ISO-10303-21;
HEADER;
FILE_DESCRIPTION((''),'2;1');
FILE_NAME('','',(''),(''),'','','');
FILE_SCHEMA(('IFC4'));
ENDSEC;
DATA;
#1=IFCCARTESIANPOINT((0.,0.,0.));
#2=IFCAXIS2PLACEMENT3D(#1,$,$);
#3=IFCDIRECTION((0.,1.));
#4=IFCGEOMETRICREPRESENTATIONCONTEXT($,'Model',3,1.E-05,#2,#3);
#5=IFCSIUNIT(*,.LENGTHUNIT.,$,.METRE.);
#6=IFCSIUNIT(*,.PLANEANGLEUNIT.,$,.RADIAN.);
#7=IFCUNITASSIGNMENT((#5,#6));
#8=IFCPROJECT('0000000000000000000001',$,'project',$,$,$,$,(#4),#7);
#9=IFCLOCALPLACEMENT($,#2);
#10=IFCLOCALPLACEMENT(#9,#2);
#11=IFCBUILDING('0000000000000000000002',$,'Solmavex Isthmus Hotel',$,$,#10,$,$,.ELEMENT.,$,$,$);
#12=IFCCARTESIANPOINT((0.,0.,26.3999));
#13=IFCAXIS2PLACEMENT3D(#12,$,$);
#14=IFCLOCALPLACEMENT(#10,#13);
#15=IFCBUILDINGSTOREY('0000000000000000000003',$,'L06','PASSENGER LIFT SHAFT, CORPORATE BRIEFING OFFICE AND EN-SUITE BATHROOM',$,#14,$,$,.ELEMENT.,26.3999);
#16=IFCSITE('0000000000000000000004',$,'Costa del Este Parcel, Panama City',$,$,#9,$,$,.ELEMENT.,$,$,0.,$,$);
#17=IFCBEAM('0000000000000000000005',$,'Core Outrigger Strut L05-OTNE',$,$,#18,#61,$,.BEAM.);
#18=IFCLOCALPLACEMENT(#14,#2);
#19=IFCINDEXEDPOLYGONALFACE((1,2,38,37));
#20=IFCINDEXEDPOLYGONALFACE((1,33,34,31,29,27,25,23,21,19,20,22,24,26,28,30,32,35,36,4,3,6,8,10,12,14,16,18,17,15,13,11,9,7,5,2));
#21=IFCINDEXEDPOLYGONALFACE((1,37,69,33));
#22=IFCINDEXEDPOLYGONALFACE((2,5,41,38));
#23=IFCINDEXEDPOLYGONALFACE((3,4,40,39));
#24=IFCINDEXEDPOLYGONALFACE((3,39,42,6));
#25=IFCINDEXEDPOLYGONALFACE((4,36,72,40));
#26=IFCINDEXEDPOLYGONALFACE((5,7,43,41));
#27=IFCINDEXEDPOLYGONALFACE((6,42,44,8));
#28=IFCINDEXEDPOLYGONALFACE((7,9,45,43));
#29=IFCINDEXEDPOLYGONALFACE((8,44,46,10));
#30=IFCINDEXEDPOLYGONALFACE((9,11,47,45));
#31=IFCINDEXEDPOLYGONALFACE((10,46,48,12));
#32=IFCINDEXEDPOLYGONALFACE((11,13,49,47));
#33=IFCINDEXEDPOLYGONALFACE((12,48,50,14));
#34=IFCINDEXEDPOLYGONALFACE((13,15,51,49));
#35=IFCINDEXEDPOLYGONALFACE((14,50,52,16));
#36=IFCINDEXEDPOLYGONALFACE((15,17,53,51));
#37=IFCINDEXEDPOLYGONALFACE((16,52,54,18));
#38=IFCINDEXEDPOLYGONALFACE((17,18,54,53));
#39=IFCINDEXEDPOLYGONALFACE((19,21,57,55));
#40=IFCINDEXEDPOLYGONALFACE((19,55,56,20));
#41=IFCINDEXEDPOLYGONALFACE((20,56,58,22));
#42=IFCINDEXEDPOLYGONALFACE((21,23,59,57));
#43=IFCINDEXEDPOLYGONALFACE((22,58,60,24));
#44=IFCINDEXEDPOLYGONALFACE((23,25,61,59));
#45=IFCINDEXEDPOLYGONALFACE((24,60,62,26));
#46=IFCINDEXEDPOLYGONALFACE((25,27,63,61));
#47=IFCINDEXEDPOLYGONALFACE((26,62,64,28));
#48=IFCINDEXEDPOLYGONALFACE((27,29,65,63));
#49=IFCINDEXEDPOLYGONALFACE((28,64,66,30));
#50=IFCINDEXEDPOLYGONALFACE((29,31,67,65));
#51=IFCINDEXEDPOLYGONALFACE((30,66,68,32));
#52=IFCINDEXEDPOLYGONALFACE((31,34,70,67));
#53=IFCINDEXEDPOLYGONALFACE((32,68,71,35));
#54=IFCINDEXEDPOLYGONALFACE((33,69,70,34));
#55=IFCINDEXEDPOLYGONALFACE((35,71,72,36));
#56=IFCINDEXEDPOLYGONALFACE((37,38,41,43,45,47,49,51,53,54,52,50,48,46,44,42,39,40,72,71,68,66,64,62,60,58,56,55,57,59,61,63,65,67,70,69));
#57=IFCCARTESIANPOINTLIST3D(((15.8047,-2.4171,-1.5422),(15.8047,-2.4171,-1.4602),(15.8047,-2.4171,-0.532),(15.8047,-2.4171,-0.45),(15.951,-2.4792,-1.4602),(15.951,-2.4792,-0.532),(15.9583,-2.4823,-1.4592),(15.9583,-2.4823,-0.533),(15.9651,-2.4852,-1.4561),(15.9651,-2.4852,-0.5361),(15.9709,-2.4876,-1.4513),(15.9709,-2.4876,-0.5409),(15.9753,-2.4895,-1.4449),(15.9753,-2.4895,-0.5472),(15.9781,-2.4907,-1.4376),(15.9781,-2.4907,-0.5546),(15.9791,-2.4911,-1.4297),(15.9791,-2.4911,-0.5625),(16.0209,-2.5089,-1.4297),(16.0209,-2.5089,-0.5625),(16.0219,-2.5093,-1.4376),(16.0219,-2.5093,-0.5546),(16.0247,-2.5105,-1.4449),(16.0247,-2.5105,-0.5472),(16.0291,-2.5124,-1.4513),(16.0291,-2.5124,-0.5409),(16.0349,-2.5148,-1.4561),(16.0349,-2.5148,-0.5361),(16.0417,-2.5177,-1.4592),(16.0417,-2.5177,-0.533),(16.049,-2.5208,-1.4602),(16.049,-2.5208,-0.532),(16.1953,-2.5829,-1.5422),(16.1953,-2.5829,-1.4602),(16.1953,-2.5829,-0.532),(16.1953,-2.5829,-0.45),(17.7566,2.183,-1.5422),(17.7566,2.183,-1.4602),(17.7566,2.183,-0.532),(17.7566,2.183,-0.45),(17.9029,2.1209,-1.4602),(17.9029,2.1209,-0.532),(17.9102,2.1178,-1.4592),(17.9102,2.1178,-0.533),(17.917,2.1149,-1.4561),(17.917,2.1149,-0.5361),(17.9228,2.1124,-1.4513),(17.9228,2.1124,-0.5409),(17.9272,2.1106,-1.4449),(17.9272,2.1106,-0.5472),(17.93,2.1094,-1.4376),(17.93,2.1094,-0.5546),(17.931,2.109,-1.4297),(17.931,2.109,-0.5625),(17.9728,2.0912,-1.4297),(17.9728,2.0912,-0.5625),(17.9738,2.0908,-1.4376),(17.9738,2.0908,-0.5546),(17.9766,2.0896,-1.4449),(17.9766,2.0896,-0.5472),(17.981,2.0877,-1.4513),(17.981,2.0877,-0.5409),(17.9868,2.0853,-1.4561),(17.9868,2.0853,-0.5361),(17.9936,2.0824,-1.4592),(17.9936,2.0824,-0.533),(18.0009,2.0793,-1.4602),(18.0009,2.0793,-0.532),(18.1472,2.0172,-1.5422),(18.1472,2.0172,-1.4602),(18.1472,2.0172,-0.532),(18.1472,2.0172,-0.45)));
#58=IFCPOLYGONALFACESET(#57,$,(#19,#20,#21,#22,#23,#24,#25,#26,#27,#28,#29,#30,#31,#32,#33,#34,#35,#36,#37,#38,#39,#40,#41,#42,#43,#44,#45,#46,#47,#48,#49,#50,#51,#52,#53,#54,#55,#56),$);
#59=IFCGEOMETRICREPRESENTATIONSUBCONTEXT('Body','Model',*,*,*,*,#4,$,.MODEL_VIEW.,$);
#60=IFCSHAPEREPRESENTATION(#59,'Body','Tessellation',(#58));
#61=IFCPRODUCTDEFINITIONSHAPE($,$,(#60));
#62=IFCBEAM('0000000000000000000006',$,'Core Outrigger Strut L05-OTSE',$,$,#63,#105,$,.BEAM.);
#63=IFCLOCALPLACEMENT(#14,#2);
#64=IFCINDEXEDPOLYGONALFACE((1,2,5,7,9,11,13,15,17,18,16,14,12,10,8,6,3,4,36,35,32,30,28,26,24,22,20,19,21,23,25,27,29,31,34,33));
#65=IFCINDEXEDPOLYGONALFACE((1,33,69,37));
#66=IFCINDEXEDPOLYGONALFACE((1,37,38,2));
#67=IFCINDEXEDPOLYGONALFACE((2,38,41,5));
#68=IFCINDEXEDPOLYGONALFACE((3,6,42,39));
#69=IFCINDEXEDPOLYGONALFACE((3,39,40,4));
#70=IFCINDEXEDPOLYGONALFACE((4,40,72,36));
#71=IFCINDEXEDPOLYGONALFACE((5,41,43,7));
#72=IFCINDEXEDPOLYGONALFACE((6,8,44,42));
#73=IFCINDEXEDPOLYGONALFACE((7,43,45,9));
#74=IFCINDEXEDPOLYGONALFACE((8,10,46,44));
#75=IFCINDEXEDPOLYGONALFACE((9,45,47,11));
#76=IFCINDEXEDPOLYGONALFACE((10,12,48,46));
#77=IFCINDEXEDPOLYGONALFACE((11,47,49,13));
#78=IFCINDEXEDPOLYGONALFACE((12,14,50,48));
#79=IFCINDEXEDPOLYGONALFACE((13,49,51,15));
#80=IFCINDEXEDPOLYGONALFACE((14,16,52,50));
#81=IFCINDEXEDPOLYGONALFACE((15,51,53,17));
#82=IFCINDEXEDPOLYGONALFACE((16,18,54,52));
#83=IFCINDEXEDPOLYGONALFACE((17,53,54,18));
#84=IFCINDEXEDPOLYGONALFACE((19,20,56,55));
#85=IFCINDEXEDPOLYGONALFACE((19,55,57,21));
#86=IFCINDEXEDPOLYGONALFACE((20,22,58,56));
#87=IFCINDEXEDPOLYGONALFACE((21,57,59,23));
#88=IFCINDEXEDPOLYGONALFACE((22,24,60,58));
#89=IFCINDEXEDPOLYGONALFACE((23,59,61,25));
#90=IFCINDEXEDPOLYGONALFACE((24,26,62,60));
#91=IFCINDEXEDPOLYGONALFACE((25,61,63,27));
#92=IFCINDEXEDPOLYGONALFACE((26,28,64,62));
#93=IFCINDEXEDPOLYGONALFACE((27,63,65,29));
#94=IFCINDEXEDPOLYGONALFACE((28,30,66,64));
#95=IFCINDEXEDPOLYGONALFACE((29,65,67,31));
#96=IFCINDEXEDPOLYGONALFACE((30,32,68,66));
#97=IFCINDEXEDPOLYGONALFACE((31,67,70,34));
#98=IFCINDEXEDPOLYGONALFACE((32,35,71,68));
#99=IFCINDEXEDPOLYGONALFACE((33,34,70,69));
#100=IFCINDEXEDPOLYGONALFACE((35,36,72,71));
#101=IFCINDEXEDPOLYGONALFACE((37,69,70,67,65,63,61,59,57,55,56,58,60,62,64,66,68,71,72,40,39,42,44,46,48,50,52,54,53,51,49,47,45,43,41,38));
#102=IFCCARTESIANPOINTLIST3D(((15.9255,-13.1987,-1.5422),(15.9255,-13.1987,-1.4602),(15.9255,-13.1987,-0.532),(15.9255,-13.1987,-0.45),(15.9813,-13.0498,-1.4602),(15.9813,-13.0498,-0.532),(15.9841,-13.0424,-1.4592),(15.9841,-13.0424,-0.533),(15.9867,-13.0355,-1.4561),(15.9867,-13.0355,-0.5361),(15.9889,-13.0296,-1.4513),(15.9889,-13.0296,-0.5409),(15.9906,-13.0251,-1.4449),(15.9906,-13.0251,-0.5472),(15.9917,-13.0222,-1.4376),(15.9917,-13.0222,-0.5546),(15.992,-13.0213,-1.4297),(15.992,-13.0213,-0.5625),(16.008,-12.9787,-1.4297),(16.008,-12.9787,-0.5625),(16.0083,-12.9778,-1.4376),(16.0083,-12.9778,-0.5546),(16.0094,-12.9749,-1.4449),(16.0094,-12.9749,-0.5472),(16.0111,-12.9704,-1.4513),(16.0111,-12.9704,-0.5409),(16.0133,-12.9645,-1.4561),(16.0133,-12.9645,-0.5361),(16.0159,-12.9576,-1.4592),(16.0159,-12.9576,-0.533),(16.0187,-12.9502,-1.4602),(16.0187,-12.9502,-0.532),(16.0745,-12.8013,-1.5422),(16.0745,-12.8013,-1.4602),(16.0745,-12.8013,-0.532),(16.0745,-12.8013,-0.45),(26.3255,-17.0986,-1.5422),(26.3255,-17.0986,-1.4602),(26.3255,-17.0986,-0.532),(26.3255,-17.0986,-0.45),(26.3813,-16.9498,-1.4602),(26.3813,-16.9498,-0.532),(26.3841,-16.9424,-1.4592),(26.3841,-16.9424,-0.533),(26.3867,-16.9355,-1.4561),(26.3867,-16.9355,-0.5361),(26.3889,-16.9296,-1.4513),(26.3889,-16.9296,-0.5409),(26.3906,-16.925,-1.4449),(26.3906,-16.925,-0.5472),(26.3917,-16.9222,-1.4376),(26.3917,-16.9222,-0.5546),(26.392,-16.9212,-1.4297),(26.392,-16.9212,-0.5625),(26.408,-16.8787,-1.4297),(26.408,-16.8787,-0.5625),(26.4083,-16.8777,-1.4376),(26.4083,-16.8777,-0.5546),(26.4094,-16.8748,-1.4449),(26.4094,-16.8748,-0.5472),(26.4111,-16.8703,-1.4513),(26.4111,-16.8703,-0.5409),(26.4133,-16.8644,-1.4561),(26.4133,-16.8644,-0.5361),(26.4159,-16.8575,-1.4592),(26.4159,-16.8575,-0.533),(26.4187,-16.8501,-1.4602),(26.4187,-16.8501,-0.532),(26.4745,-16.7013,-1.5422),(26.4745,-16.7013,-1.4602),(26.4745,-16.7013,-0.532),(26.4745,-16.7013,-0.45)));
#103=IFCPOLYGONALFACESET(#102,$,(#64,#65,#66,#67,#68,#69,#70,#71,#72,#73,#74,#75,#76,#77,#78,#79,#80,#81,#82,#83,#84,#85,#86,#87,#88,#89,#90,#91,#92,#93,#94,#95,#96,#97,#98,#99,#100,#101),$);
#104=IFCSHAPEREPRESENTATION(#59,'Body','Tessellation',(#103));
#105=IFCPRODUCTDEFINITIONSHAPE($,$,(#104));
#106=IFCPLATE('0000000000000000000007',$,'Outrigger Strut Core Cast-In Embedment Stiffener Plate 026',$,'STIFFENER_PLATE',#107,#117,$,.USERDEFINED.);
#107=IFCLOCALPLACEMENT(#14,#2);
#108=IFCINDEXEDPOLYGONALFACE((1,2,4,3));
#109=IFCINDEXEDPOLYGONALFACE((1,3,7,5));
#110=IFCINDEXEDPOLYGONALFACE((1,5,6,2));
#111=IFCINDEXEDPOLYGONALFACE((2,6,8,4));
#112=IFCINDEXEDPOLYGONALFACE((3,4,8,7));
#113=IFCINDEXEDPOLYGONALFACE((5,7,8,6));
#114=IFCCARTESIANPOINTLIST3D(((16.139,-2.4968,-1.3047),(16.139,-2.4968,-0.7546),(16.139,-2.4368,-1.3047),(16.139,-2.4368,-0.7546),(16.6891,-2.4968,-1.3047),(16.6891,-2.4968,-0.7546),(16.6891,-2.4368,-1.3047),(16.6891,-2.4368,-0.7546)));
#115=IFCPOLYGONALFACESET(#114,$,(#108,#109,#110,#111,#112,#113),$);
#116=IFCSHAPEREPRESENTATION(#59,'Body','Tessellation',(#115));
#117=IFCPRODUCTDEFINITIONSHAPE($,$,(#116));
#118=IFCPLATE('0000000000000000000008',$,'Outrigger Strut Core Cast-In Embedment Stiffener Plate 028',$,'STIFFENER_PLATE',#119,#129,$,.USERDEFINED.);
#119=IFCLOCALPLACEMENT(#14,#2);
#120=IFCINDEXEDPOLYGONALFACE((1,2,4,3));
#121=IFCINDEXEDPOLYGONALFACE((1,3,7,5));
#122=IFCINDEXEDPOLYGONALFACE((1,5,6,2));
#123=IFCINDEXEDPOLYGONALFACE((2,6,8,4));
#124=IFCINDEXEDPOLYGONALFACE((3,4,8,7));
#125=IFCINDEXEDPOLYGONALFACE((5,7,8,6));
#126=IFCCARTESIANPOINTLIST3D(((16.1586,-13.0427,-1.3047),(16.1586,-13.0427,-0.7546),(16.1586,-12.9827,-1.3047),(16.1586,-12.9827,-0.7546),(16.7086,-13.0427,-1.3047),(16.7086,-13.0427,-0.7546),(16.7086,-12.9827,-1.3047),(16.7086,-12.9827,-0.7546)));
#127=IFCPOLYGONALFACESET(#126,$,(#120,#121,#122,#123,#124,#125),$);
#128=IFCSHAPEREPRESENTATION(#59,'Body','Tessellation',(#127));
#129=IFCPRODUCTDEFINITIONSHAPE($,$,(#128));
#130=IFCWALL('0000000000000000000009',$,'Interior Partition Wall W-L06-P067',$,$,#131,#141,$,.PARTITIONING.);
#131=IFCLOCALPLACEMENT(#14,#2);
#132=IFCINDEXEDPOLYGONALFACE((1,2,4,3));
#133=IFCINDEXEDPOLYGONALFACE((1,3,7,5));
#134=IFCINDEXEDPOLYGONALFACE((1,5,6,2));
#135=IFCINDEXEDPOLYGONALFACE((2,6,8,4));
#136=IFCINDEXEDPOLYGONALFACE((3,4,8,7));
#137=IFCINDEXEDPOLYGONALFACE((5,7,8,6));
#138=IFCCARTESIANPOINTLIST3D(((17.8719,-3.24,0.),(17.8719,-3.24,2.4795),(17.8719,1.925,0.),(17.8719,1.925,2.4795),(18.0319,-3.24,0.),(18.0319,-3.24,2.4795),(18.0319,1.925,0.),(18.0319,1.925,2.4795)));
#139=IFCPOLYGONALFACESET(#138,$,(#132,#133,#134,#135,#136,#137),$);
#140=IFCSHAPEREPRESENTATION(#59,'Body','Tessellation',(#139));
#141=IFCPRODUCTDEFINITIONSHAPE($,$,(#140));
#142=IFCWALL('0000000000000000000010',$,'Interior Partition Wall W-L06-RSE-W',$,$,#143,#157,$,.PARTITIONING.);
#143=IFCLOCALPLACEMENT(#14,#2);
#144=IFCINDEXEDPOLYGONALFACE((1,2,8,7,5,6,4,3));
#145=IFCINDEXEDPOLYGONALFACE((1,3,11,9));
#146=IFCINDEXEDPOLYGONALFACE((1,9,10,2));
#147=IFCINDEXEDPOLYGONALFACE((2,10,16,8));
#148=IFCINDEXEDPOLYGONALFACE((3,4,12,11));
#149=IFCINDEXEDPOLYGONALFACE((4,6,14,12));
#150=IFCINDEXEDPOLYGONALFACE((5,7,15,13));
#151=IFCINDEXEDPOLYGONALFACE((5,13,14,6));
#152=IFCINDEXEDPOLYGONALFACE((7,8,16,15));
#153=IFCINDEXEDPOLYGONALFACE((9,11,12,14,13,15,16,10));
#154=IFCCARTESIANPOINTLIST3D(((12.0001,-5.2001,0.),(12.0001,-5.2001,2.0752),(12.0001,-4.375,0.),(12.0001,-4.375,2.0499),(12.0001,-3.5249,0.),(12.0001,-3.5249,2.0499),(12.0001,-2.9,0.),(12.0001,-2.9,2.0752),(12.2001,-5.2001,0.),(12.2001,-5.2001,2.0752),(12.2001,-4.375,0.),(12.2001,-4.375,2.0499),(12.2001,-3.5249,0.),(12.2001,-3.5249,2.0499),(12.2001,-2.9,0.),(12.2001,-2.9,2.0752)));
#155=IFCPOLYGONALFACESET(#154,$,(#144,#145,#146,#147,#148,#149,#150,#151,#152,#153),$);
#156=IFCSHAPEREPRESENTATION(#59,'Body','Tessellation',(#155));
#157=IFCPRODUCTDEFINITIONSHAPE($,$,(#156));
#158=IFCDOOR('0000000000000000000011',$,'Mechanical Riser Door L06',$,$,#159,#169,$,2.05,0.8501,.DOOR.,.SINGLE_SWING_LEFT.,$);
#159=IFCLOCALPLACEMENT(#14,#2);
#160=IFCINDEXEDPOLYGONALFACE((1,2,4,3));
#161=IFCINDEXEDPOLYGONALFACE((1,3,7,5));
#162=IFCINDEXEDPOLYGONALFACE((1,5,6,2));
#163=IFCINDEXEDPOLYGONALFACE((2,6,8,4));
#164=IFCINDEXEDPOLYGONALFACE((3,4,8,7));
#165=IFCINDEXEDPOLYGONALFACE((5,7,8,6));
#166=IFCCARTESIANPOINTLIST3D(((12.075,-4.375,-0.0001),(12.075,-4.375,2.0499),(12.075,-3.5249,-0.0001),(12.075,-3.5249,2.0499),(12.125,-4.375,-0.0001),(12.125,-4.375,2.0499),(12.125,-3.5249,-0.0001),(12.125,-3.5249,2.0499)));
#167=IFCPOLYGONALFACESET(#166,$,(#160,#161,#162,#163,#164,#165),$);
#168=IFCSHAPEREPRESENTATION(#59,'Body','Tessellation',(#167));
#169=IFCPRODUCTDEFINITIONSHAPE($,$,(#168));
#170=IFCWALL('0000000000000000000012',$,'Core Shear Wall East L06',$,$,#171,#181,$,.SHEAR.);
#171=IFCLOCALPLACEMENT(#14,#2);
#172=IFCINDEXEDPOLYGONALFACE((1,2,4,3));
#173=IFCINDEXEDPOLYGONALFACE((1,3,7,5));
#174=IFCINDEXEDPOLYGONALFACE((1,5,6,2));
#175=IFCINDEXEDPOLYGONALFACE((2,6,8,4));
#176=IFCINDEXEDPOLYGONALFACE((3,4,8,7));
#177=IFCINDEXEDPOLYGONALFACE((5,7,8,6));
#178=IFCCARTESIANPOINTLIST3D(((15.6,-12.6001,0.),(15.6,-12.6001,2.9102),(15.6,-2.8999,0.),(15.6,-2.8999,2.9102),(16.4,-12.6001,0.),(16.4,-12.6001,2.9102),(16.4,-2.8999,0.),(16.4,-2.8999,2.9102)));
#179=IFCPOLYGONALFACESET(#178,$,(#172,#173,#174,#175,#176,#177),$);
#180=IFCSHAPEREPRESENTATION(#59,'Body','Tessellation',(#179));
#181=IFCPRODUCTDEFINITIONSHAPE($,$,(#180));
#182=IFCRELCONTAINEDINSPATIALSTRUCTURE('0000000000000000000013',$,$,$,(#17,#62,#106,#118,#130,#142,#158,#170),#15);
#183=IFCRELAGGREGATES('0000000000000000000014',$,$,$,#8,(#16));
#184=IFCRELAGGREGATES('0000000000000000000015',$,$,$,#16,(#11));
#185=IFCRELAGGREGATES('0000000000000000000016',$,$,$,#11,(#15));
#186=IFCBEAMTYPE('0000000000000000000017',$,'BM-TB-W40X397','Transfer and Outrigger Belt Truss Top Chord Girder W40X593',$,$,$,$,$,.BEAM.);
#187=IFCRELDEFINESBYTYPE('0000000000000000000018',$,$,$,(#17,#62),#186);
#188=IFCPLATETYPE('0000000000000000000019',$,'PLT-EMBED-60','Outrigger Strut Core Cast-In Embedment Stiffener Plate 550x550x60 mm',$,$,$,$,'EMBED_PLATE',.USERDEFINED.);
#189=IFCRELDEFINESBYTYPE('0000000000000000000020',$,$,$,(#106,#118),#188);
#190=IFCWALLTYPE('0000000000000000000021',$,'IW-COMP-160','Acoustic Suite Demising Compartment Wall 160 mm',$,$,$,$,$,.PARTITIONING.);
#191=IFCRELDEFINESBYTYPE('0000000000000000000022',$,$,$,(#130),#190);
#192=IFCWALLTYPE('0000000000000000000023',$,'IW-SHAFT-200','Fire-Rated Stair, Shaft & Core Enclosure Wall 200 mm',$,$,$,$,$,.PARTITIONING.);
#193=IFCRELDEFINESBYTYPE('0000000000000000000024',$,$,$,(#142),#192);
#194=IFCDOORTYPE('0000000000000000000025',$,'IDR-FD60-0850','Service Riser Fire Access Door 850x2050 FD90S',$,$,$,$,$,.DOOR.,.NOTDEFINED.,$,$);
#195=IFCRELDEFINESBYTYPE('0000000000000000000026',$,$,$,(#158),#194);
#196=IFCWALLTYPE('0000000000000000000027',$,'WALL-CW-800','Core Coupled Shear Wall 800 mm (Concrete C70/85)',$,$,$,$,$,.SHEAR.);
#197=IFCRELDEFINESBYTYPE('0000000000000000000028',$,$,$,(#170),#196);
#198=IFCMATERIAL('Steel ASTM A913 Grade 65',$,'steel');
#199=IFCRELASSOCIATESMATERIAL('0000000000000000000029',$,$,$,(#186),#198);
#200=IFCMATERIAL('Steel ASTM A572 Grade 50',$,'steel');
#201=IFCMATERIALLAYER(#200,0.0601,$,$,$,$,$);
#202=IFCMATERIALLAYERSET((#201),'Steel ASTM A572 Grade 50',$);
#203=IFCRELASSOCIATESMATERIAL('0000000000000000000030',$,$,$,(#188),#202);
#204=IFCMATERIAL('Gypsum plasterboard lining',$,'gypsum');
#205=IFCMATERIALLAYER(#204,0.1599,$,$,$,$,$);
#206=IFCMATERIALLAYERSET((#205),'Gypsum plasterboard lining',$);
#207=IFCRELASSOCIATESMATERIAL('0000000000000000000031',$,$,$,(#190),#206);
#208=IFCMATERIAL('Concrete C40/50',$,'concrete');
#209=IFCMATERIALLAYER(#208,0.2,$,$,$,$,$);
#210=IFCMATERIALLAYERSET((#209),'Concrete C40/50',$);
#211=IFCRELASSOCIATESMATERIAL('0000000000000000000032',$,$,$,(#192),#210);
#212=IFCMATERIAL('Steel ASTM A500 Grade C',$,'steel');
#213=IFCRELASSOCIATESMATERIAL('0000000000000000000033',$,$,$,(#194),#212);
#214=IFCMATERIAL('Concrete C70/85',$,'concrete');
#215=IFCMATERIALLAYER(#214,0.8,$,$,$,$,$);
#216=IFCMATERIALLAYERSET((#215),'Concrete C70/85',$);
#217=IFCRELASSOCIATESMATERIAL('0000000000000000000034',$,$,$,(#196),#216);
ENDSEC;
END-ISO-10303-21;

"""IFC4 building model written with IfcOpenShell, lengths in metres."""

from ifc_helpers import new_model, si_unit, direction, frame, frame_2d, origin, origin_2d, place, context, subcontext, project, spatial, rectangle, i_section, extrude, material, layer, layer_set, material_profile, profile_set, type_object, element, fill, save


model = new_model("IFC4")

# Units and contexts
model_context = context("Model", 3, precision=1e-05, world=origin(), true_north=direction((0.0, 1.0)))
body_context = subcontext(model_context, "Body", "Model", "MODEL_VIEW")
ifc_project = project(units=[si_unit("LENGTHUNIT", "METRE"), si_unit("PLANEANGLEUNIT", "RADIAN")], contexts=[model_context])

# Site, building, storey
site_placement = place(None, origin())
site = spatial("IfcSite", under=ifc_project, at=site_placement, Name="Costa del Este Parcel, Panama City", CompositionType="ELEMENT", RefElevation=0.0)
building_placement = place(site_placement, origin())
building = spatial("IfcBuilding", under=site, at=building_placement, Name="Solmavex Isthmus Hotel", CompositionType="ELEMENT")
storey_placement = place(building_placement, frame((0.0, 0.0, 26.3999)))
storey = spatial("IfcBuildingStorey", under=building, at=storey_placement, Name="L06", Description="PASSENGER LIFT SHAFT, CORPORATE BRIEFING OFFICE AND EN-SUITE BATHROOM", CompositionType="ELEMENT", Elevation=26.3999)

# Shared definitions
ifc_material_1 = material(Name="Concrete C70/85", Category="concrete")
ifc_material_2 = material(Name="Steel ASTM A913 Grade 65", Category="steel")

# Beams
ifc_material_3 = material(Name="Steel ASTM A572 Grade 50", Category="steel")
ifc_material_profile_1 = material_profile(ifc_material_2, i_section(OverallWidth=0.4243, OverallDepth=1.0923, WebThickness=0.0454, FlangeThickness=0.082, FilletRadius=0.0305, at=origin_2d()), Name="W40X593")
ifc_profile_set_1 = profile_set([ifc_material_profile_1], Name="Steel ASTM A913 Grade 65")
beam_type_1 = type_object("IfcBeamType", Name="BM-TB-W40X397", Description="Transfer and Outrigger Belt Truss Top Chord Girder W40X593", PredefinedType="BEAM", material=ifc_profile_set_1)
beam_1_placement = place(storey_placement, frame((16.0, -2.5, -0.9961), z_axis=(0.390609, 0.920557, 0.0), x_axis=(-0.920557, 0.390609, 0.0)))
element("IfcBeam", 1, at=beam_1_placement, inside=storey, type_object=beam_type_1, Name="Core Outrigger Strut L05-OTNE", PredefinedType="BEAM", context=body_context, shape_type="SweptSolid", body=[
    extrude(i_section(OverallWidth=0.4243, OverallDepth=1.0923, WebThickness=0.0454, FlangeThickness=0.082, FilletRadius=0.0305, at=origin_2d()), origin(), (0.0, 0.0, 1.0), 4.9971),
])
beam_2_placement = place(storey_placement, frame((16.0, -13.0, -0.9961), z_axis=(0.936331, -0.351119, 0.0), x_axis=(0.351119, 0.936331, 0.0)))
element("IfcBeam", 2, at=beam_2_placement, inside=storey, type_object=beam_type_1, Name="Core Outrigger Strut L05-OTSE", PredefinedType="BEAM", context=body_context, shape_type="SweptSolid", body=[
    extrude(i_section(OverallWidth=0.4243, OverallDepth=1.0923, WebThickness=0.0454, FlangeThickness=0.082, FilletRadius=0.0305, at=origin_2d()), origin(), (0.0, 0.0, 1.0), 11.1072),
])

# Plates
ifc_layer_1 = layer(ifc_material_3, 0.0601)
ifc_layer_set_1 = layer_set([ifc_layer_1], Name="Steel ASTM A572 Grade 50")
plate_type = type_object("IfcPlateType", Name="PLT-EMBED-60", Description="Outrigger Strut Core Cast-In Embedment Stiffener Plate 550x550x60 mm", ElementType="EMBED_PLATE", PredefinedType="USERDEFINED", material=ifc_layer_set_1)
for number, where, z_axis, x_axis, name in (
    (3, (16.4141, -2.4668, -1.3047), (0.0, 0.0, 1.0), (1.0, 0.0, 0.0), "Outrigger Strut Core Cast-In Embedment Stiffener Plate 026"),
    (4, (16.4336, -13.0127, -1.3047), (0.0, 0.0, 1.0), (1.0, 0.0, 0.0), "Outrigger Strut Core Cast-In Embedment Stiffener Plate 028"),
):
    element("IfcPlate", number, at=place(storey_placement, frame(where, z_axis=z_axis, x_axis=x_axis)), inside=storey, type_object=plate_type, Name=name, ObjectType="STIFFENER_PLATE", PredefinedType="USERDEFINED", context=body_context, shape_type="SweptSolid", body=[
        extrude(rectangle(XDim=0.55, YDim=0.0601, at=origin_2d()), origin(), (0.0, 0.0, 1.0), 0.55),
    ])

# Wall
ifc_material_4 = material(Name="Gypsum plasterboard lining", Category="gypsum")
ifc_layer_2 = layer(ifc_material_4, 0.1599)
ifc_layer_set_2 = layer_set([ifc_layer_2], Name="Gypsum plasterboard lining")
wall_type_1 = type_object("IfcWallType", Name="IW-COMP-160", Description="Acoustic Suite Demising Compartment Wall 160 mm", PredefinedType="PARTITIONING", material=ifc_layer_set_2)
wall_1_placement = place(storey_placement, frame((17.9519, -3.24, 0.0), z_axis=(0.0, 0.0, 1.0), x_axis=(0.0, 1.0, 0.0)))
element("IfcWall", 5, at=wall_1_placement, inside=storey, type_object=wall_type_1, Name="Interior Partition Wall W-L06-P067", PredefinedType="PARTITIONING", context=body_context, shape_type="SweptSolid", body=[
    extrude(rectangle(XDim=5.165, YDim=0.1599, at=frame_2d((2.5825, 0.0))), origin(), (0.0, 0.0, 1.0), 2.4795),
])

# Wall, opening, door
ifc_material_5 = material(Name="Concrete C40/50", Category="concrete")
ifc_layer_3 = layer(ifc_material_5, 0.2)
ifc_layer_set_3 = layer_set([ifc_layer_3], Name="Concrete C40/50")
wall_type_2 = type_object("IfcWallType", Name="IW-SHAFT-200", Description="Fire-Rated Stair, Shaft & Core Enclosure Wall 200 mm", PredefinedType="PARTITIONING", material=ifc_layer_set_3)
wall_2_placement = place(storey_placement, frame((12.1001, -5.2, 0.0), z_axis=(0.0, 0.0, 1.0), x_axis=(0.0, 1.0, 0.0)))
wall_2 = element("IfcWall", 6, at=wall_2_placement, inside=storey, type_object=wall_type_2, Name="Interior Partition Wall W-L06-RSE-W", PredefinedType="PARTITIONING", context=body_context, shape_type="SweptSolid", body=[
    extrude(rectangle(XDim=2.3, YDim=0.2, at=frame_2d((1.1499, 0.0))), origin(), (0.0, 0.0, 1.0), 2.0752),
])
opening_1_placement = place(wall_2_placement, frame((0.825, 0.0, 0.0)))
opening_1 = element("IfcOpeningElement", 7, at=opening_1_placement, cuts=wall_2, PredefinedType="OPENING", context=body_context, shape_type="SweptSolid", body=[
    extrude(rectangle(XDim=0.8501, YDim=2.05, at=frame_2d((0.425, 1.0249))), frame((0.0, 0.1099, 0.0), z_axis=(0.0, -1.0, 0.0), x_axis=(1.0, 0.0, 0.0)), (0.0, 0.0, 1.0), 0.22),
])
ifc_material_6 = material(Name="Steel ASTM A500 Grade C", Category="steel")
door_type_1 = type_object("IfcDoorType", Name="IDR-FD60-0850", Description="Service Riser Fire Access Door 850x2050 FD90S", OperationType="NOTDEFINED", PredefinedType="DOOR", material=ifc_material_6)
door_1_placement = place(opening_1_placement, frame((0.8501, 0.0, 0.0), z_axis=(0.0, 0.0, 1.0), x_axis=(-1.0, 0.0, 0.0)))
door_1 = element("IfcDoor", 8, at=door_1_placement, inside=storey, type_object=door_type_1, Name="Mechanical Riser Door L06", OperationType="SINGLE_SWING_LEFT", OverallHeight=2.05, OverallWidth=0.8501, PredefinedType="DOOR", context=body_context, shape_type="SweptSolid", body=[
    extrude(rectangle(XDim=0.8501, YDim=2.05, at=frame_2d((0.425, 1.0249))), frame((0.0, 0.0249, 0.0), z_axis=(0.0, -1.0, 0.0), x_axis=(1.0, 0.0, 0.0)), (0.0, 0.0, 1.0), 0.05),
])
fill(opening_1, door_1)

# Wall
ifc_layer_4 = layer(ifc_material_1, 0.8)
ifc_layer_set_4 = layer_set([ifc_layer_4], Name="Concrete C70/85")
wall_type_3 = type_object("IfcWallType", Name="WALL-CW-800", Description="Core Coupled Shear Wall 800 mm (Concrete C70/85)", PredefinedType="SHEAR", material=ifc_layer_set_4)
wall_3_placement = place(storey_placement, frame((16.0, -12.6001, 0.0), z_axis=(0.0, 0.0, 1.0), x_axis=(0.0, 1.0, 0.0)))
element("IfcWall", 9, at=wall_3_placement, inside=storey, type_object=wall_type_3, Name="Core Shear Wall East L06", PredefinedType="SHEAR", context=body_context, shape_type="SweptSolid", body=[
    extrude(rectangle(XDim=9.7002, YDim=0.8, at=frame_2d((4.8501, 0.0))), origin(), (0.0, 0.0, 1.0), 2.9102),
])

save(model, "model.ifc")
